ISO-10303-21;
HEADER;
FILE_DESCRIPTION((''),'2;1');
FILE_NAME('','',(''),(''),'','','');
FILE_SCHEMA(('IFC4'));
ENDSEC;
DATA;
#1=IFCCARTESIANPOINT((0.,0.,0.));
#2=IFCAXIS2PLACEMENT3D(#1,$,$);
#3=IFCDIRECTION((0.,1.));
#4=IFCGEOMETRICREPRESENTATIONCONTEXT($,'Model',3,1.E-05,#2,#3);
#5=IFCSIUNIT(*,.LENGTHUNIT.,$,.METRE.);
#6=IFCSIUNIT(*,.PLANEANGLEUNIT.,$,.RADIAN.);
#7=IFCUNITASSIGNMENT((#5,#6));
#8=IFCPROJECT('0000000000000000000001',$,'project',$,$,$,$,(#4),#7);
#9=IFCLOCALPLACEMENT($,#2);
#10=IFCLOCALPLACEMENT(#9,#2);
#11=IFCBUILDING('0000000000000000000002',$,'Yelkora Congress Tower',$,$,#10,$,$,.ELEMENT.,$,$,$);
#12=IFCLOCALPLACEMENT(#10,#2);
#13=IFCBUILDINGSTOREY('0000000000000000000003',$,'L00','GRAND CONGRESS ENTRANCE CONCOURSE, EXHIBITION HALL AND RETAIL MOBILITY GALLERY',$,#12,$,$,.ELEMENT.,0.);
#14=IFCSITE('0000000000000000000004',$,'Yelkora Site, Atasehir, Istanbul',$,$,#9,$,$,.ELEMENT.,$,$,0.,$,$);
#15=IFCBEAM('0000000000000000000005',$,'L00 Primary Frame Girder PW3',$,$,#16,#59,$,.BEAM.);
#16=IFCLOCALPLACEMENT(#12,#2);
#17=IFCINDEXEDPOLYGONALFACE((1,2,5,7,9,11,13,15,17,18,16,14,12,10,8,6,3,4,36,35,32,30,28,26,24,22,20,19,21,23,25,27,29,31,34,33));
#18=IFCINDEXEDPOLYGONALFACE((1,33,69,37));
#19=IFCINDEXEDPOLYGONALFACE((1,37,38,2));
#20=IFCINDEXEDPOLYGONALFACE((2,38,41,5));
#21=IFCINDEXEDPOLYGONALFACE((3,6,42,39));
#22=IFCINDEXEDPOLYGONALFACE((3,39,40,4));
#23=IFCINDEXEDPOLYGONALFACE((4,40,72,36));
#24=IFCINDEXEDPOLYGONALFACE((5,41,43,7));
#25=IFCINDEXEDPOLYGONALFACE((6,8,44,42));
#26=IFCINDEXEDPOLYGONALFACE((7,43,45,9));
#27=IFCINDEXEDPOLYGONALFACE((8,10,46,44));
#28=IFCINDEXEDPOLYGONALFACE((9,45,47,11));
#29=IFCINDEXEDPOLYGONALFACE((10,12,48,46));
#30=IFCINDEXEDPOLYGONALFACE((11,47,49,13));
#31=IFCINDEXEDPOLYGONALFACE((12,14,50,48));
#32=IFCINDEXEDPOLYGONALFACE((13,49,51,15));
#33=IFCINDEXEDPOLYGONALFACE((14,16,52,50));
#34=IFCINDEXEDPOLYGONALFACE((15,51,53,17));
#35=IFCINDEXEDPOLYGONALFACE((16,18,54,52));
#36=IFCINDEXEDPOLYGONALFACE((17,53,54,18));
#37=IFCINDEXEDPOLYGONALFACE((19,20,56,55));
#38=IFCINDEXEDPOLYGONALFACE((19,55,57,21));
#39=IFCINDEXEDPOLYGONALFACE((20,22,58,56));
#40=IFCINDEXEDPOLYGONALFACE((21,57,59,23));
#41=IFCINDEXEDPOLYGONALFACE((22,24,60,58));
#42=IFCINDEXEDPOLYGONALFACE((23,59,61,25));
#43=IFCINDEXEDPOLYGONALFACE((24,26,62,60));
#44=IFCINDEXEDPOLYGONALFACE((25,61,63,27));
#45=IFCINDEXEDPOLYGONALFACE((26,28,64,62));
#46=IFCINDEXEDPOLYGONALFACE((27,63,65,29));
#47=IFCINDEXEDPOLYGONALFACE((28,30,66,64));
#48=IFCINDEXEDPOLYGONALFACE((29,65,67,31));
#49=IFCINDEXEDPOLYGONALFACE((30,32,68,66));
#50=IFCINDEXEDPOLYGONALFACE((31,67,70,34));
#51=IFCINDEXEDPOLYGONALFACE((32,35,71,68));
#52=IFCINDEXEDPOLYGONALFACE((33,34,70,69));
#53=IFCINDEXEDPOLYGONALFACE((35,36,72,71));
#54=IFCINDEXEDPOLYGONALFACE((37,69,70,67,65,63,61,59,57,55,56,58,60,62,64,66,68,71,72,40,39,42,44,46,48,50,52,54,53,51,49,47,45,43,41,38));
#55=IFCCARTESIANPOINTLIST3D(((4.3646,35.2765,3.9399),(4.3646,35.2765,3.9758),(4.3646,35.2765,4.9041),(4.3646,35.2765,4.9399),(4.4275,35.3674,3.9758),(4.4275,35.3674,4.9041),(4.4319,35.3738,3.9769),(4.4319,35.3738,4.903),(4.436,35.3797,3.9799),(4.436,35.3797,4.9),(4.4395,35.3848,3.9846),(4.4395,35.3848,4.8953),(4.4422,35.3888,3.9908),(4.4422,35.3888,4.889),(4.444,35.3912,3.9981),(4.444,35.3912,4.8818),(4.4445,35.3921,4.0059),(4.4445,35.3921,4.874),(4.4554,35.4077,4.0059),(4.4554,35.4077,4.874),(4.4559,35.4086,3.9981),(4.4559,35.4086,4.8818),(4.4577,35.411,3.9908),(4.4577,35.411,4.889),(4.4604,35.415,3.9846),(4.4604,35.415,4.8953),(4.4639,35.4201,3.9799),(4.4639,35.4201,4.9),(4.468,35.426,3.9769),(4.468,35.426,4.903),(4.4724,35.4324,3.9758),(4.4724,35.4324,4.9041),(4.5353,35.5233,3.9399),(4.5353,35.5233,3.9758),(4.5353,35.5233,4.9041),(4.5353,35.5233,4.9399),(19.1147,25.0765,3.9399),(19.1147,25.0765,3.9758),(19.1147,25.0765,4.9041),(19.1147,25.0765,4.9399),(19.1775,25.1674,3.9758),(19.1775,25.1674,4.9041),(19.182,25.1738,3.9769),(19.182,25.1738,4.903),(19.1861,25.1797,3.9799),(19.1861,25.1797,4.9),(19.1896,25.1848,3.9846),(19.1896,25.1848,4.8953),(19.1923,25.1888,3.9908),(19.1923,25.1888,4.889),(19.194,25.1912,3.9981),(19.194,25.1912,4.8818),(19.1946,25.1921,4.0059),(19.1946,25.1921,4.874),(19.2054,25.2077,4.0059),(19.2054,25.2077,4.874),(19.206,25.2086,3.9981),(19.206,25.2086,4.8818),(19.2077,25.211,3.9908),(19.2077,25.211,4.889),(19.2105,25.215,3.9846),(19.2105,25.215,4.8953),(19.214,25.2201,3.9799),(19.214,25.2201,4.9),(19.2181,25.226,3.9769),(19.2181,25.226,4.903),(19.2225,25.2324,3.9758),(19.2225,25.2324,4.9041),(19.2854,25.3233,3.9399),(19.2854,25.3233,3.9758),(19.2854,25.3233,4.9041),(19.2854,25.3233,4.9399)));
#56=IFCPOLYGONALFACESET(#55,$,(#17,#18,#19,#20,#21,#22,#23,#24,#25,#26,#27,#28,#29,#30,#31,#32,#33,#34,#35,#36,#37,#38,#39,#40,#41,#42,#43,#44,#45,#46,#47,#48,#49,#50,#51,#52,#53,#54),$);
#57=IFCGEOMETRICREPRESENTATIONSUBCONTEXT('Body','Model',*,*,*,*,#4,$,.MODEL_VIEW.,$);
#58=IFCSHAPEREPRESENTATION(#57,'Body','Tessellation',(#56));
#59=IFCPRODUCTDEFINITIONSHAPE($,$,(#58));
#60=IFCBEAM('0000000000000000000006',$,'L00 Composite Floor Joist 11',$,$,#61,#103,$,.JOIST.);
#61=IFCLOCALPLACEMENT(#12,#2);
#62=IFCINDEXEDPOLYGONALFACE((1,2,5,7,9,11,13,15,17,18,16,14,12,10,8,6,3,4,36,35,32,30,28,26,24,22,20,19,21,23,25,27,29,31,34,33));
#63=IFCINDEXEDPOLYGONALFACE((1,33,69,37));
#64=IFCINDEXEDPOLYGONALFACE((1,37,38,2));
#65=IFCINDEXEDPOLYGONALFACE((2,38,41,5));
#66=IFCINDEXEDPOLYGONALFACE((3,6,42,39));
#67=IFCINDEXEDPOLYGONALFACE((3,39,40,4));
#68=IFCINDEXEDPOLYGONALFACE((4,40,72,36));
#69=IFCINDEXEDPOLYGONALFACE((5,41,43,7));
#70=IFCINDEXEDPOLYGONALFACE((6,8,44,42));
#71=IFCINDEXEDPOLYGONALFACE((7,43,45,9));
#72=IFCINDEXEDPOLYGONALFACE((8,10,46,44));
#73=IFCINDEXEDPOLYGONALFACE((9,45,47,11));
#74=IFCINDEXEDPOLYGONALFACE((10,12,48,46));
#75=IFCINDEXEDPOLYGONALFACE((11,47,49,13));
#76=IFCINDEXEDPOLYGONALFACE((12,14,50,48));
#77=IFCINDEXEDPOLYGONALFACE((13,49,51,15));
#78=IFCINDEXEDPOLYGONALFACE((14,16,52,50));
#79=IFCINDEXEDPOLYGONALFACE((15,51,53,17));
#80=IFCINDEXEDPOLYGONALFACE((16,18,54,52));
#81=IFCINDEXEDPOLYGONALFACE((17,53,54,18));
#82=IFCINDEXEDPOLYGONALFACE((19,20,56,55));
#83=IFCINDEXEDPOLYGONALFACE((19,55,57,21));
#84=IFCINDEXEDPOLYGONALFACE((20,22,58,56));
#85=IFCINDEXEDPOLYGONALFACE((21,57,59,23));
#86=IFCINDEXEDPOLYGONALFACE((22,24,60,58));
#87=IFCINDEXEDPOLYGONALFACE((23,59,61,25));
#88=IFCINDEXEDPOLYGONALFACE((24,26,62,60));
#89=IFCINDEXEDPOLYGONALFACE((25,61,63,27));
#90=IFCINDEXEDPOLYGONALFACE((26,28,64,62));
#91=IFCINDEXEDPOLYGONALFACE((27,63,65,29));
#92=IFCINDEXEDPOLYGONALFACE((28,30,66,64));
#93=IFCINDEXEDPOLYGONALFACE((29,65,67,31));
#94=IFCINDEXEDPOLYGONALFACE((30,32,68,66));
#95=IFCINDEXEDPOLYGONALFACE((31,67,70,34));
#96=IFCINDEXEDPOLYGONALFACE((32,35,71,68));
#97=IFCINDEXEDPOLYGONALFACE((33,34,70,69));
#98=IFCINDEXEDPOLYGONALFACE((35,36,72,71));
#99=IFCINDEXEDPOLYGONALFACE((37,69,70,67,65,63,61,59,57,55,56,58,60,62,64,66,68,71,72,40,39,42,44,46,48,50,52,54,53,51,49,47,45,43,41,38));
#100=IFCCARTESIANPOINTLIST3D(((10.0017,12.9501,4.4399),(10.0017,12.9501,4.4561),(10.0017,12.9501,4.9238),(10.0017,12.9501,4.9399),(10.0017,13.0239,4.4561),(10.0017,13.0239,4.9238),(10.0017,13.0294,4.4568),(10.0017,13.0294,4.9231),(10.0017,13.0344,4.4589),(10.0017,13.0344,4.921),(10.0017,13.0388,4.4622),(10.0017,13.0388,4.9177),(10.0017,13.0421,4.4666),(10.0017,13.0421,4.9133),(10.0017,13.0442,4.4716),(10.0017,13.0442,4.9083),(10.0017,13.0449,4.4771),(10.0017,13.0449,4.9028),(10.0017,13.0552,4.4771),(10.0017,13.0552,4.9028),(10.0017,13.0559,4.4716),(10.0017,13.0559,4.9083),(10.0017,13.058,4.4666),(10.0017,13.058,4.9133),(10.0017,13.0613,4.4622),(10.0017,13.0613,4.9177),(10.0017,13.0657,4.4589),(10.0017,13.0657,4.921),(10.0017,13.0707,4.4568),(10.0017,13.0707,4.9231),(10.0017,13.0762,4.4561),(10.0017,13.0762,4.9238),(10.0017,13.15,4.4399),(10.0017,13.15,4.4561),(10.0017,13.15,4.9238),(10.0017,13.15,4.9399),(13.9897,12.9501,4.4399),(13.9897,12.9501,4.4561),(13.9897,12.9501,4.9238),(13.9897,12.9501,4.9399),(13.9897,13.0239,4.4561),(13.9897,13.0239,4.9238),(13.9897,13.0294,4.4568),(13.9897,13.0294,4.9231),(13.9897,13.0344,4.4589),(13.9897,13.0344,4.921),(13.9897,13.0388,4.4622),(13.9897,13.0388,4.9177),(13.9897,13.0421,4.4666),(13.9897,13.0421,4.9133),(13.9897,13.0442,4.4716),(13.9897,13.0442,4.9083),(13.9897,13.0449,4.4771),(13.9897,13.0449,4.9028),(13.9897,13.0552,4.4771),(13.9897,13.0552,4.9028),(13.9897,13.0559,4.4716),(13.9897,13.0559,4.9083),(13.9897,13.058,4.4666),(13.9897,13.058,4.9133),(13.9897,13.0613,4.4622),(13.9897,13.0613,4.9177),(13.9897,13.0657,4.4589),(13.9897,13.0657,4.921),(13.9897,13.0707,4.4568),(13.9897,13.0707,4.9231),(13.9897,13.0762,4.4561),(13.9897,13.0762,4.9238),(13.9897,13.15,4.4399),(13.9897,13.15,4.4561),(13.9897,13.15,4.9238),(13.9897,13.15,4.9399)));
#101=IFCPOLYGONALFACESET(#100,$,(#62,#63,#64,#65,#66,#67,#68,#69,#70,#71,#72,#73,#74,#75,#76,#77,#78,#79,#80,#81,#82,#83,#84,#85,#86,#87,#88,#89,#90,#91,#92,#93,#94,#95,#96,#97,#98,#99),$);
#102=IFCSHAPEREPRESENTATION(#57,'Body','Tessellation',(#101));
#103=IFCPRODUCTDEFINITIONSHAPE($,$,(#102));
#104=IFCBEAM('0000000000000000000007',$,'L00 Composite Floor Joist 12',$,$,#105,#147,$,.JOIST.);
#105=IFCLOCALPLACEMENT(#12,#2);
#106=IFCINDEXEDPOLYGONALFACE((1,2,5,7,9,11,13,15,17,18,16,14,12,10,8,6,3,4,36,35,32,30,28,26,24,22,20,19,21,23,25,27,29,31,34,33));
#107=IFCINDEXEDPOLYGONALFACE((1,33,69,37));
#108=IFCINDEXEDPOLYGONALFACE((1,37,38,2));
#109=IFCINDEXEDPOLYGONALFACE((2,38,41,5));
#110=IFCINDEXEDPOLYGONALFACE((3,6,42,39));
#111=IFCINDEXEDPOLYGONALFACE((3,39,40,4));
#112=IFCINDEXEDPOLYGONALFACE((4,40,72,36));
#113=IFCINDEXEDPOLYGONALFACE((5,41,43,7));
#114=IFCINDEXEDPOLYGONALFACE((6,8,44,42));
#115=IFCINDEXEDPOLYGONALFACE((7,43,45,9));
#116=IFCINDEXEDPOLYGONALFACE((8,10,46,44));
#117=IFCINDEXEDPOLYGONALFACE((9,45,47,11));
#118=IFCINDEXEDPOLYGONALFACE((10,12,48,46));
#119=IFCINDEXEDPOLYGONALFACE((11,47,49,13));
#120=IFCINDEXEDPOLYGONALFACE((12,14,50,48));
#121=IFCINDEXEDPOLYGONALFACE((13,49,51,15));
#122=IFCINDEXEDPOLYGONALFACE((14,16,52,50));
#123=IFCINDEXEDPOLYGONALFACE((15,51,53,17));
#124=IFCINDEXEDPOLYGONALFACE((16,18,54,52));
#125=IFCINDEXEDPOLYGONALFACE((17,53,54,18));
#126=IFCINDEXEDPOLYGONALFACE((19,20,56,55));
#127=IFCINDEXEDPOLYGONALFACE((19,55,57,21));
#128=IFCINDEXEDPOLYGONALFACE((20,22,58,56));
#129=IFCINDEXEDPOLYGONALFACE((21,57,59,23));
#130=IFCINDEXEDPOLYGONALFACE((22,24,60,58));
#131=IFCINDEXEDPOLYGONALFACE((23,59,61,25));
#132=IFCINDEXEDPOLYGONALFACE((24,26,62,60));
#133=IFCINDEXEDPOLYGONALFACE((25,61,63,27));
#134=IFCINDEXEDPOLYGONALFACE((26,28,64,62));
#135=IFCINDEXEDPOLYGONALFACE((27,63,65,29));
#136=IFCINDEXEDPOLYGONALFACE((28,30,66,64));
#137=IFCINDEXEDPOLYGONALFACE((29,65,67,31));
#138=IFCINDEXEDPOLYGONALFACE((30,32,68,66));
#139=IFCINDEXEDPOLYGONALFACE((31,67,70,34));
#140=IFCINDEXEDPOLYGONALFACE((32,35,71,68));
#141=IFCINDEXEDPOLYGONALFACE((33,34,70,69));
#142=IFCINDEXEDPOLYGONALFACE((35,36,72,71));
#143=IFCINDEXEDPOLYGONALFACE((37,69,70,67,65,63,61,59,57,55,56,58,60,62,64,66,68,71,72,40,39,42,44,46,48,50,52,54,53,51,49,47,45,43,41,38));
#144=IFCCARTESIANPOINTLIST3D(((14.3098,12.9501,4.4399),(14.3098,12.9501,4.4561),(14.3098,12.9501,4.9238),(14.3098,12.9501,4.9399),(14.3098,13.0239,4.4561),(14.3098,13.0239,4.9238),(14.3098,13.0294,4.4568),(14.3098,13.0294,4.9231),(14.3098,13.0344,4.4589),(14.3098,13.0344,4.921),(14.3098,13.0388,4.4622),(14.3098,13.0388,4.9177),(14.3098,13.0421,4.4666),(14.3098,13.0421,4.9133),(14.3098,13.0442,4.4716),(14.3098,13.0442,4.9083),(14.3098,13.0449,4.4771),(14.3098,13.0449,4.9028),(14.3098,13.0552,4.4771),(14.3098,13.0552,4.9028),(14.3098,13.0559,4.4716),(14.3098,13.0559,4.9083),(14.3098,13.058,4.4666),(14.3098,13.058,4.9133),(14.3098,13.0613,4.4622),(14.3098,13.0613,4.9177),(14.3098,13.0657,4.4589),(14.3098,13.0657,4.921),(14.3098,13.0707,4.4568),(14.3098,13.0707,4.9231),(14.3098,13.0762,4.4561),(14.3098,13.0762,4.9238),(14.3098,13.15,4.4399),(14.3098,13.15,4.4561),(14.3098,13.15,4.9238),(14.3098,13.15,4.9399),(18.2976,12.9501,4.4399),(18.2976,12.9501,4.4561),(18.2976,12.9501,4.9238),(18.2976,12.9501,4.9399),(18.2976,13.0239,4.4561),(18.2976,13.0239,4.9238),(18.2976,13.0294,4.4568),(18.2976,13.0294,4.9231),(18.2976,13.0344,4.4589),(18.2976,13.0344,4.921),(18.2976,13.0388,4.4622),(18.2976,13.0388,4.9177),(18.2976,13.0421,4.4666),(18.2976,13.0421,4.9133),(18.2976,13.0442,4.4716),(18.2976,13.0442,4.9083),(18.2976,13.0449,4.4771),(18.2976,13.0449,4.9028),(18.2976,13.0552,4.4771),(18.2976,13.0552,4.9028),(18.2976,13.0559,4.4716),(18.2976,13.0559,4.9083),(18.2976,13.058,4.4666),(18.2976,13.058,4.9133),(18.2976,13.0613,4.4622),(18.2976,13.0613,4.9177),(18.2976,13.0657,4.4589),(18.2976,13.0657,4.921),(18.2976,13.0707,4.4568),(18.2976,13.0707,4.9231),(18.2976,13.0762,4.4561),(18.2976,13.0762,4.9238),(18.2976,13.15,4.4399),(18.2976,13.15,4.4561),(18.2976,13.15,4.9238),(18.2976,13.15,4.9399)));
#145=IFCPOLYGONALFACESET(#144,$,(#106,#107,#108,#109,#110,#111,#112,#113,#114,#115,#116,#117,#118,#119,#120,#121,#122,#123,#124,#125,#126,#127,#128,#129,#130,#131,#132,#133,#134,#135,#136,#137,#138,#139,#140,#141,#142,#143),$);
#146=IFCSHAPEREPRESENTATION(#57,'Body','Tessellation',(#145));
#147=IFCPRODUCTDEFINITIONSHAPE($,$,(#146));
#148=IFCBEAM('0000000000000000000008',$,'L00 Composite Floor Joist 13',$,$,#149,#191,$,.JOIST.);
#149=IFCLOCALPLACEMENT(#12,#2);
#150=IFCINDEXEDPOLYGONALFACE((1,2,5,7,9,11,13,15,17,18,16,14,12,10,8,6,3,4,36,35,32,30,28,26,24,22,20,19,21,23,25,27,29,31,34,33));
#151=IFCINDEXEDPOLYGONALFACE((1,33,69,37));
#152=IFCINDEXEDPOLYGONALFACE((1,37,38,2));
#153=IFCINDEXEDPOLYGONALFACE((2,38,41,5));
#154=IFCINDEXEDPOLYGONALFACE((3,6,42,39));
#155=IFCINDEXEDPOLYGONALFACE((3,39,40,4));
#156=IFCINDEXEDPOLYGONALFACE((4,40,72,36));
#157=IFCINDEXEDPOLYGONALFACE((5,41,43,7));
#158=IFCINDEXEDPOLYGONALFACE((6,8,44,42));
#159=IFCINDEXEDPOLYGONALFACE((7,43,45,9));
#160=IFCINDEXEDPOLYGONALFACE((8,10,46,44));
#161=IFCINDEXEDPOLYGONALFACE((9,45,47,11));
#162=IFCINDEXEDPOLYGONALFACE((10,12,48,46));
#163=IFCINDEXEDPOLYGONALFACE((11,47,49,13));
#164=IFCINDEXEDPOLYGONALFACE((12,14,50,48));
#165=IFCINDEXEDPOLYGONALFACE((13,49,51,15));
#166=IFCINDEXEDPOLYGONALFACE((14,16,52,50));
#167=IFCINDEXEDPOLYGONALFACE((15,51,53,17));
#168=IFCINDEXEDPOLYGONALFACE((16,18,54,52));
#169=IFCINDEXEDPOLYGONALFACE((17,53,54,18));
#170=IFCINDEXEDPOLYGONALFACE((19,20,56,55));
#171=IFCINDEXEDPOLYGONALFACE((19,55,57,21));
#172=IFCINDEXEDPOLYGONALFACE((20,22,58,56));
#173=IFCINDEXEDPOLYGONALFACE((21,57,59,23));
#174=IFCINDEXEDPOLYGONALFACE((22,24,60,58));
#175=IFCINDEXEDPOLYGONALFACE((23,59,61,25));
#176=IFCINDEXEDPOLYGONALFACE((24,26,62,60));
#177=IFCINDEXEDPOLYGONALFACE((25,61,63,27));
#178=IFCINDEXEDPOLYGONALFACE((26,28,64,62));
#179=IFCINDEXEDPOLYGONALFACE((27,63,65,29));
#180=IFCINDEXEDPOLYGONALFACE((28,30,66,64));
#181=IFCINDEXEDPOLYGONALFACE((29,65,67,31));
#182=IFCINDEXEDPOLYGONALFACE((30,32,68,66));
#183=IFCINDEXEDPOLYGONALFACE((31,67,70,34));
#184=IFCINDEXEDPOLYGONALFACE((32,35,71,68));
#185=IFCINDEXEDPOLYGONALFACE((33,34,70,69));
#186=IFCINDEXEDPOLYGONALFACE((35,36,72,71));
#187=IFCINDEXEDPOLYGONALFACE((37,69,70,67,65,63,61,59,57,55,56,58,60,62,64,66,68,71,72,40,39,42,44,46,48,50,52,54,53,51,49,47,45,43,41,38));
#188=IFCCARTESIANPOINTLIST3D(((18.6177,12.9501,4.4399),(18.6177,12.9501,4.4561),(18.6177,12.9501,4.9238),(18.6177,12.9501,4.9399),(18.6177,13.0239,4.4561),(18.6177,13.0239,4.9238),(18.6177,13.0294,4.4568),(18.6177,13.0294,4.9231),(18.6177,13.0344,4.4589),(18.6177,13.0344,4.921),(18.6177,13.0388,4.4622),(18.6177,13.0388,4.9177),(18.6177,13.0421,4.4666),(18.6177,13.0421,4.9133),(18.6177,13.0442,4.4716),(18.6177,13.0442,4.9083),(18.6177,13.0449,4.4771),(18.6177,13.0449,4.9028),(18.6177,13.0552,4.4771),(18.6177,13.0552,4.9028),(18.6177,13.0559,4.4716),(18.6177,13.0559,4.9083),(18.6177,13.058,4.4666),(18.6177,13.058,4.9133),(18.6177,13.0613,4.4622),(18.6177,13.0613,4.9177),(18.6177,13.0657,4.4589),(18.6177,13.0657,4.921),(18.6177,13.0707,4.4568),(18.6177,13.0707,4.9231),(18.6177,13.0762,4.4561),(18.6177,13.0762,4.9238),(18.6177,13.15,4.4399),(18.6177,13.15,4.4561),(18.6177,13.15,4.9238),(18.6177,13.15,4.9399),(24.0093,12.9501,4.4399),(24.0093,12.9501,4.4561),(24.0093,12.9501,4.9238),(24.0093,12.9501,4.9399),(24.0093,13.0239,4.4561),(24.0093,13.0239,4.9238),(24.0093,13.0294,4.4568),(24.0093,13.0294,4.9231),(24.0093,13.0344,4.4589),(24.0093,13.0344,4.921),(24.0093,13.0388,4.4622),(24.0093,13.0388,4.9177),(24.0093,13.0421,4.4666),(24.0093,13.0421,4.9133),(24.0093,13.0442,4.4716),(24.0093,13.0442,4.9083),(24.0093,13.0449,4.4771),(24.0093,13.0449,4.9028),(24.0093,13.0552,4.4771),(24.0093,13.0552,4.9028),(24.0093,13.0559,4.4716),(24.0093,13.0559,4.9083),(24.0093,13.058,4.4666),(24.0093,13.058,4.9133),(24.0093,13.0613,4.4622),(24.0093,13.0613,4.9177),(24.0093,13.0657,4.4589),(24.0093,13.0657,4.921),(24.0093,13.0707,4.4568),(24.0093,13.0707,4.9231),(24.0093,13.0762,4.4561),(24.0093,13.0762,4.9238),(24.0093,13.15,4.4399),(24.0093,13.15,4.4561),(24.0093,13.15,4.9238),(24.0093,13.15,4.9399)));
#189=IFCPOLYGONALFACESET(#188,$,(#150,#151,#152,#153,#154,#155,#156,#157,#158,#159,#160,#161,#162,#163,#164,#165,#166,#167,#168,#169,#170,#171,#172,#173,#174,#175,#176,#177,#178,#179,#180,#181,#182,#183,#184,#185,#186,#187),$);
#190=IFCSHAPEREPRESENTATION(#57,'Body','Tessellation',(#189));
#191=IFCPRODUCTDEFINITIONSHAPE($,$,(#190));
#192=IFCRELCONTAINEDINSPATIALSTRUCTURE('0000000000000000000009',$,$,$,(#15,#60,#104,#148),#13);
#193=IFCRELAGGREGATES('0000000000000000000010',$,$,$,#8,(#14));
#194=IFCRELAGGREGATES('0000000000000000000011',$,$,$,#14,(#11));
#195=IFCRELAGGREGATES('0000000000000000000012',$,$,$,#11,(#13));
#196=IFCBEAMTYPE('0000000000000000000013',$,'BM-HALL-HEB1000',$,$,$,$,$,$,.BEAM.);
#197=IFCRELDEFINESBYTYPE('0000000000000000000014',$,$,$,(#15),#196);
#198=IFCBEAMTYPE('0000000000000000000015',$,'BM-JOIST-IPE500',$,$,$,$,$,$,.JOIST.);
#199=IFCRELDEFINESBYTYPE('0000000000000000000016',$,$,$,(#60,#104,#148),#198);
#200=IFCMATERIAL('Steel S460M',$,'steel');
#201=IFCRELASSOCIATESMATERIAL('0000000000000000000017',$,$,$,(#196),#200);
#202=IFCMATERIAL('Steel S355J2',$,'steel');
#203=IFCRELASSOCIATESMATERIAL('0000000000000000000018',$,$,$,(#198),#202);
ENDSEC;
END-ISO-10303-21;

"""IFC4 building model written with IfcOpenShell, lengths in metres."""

from ifc_helpers import new_model, si_unit, direction, frame, origin, origin_2d, place, context, subcontext, project, spatial, i_section, extrude, material, material_profile, profile_set, type_object, element, save


model = new_model("IFC4")

# Units and contexts
model_context = context("Model", 3, precision=1e-05, world=origin(), true_north=direction((0.0, 1.0)))
body_context = subcontext(model_context, "Body", "Model", "MODEL_VIEW")
ifc_project = project(units=[si_unit("LENGTHUNIT", "METRE"), si_unit("PLANEANGLEUNIT", "RADIAN")], contexts=[model_context])

# Site, building, storey
site_placement = place(None, origin())
site = spatial("IfcSite", under=ifc_project, at=site_placement, Name="Yelkora Site, Atasehir, Istanbul", CompositionType="ELEMENT", RefElevation=0.0)
building_placement = place(site_placement, origin())
building = spatial("IfcBuilding", under=site, at=building_placement, Name="Yelkora Congress Tower", CompositionType="ELEMENT")
storey_placement = place(building_placement, origin())
storey = spatial("IfcBuildingStorey", under=building, at=storey_placement, Name="L00", Description="GRAND CONGRESS ENTRANCE CONCOURSE, EXHIBITION HALL AND RETAIL MOBILITY GALLERY", CompositionType="ELEMENT", Elevation=0.0)

# Beams
ifc_material_1 = material(Name="Steel S460M", Category="steel")
ifc_material_profile_1 = material_profile(ifc_material_1, i_section(OverallWidth=0.3, OverallDepth=1.0, WebThickness=0.019, FlangeThickness=0.0359, FilletRadius=0.03, at=origin_2d()), Name="HEB 1000")
ifc_profile_set_1 = profile_set([ifc_material_profile_1], Name="Steel S460M")
beam_type_1 = type_object("IfcBeamType", Name="BM-HALL-HEB1000", PredefinedType="BEAM", material=ifc_profile_set_1)
beam_1_placement = place(storey_placement, frame((4.45, 35.3999, 4.4399), z_axis=(0.822494, -0.568773, 0.0), x_axis=(0.568773, 0.822494, 0.0)))
element("IfcBeam", 1, at=beam_1_placement, inside=storey, type_object=beam_type_1, Name="L00 Primary Frame Girder PW3", PredefinedType="BEAM", context=body_context, shape_type="SweptSolid", body=[
    extrude(i_section(OverallWidth=0.3, OverallDepth=1.0, WebThickness=0.019, FlangeThickness=0.0359, FilletRadius=0.03, at=origin_2d()), origin(), (0.0, 0.0, 1.0), 17.9333),
])
ifc_material_2 = material(Name="Steel S355J2", Category="steel")
ifc_material_profile_2 = material_profile(ifc_material_2, i_section(OverallWidth=0.2, OverallDepth=0.5, WebThickness=0.0103, FlangeThickness=0.0161, FilletRadius=0.021, at=origin_2d()), Name="IPE 500")
ifc_profile_set_2 = profile_set([ifc_material_profile_2], Name="Steel S355J2")
beam_type_2 = type_object("IfcBeamType", Name="BM-JOIST-IPE500", PredefinedType="JOIST", material=ifc_profile_set_2)
beam_2_placement = place(storey_placement, frame((10.0017, 13.05, 4.6899), z_axis=(1.0, 0.0, 0.0), x_axis=(0.0, 1.0, 0.0)))
element("IfcBeam", 2, at=beam_2_placement, inside=storey, type_object=beam_type_2, Name="L00 Composite Floor Joist 11", PredefinedType="JOIST", context=body_context, shape_type="SweptSolid", body=[
    extrude(i_section(OverallWidth=0.2, OverallDepth=0.5, WebThickness=0.0103, FlangeThickness=0.0161, FilletRadius=0.021, at=origin_2d()), origin(), (0.0, 0.0, 1.0), 3.988),
])
beam_3_placement = place(storey_placement, frame((14.3098, 13.05, 4.6899), z_axis=(1.0, 0.0, 0.0), x_axis=(0.0, 1.0, 0.0)))
element("IfcBeam", 3, at=beam_3_placement, inside=storey, type_object=beam_type_2, Name="L00 Composite Floor Joist 12", PredefinedType="JOIST", context=body_context, shape_type="SweptSolid", body=[
    extrude(i_section(OverallWidth=0.2, OverallDepth=0.5, WebThickness=0.0103, FlangeThickness=0.0161, FilletRadius=0.021, at=origin_2d()), origin(), (0.0, 0.0, 1.0), 3.9878),
])
beam_4_placement = place(storey_placement, frame((18.6177, 13.05, 4.6899), z_axis=(1.0, 0.0, 0.0), x_axis=(0.0, 1.0, 0.0)))
element("IfcBeam", 4, at=beam_4_placement, inside=storey, type_object=beam_type_2, Name="L00 Composite Floor Joist 13", PredefinedType="JOIST", context=body_context, shape_type="SweptSolid", body=[
    extrude(i_section(OverallWidth=0.2, OverallDepth=0.5, WebThickness=0.0103, FlangeThickness=0.0161, FilletRadius=0.021, at=origin_2d()), origin(), (0.0, 0.0, 1.0), 5.3916),
])

save(model, "model.ifc")
